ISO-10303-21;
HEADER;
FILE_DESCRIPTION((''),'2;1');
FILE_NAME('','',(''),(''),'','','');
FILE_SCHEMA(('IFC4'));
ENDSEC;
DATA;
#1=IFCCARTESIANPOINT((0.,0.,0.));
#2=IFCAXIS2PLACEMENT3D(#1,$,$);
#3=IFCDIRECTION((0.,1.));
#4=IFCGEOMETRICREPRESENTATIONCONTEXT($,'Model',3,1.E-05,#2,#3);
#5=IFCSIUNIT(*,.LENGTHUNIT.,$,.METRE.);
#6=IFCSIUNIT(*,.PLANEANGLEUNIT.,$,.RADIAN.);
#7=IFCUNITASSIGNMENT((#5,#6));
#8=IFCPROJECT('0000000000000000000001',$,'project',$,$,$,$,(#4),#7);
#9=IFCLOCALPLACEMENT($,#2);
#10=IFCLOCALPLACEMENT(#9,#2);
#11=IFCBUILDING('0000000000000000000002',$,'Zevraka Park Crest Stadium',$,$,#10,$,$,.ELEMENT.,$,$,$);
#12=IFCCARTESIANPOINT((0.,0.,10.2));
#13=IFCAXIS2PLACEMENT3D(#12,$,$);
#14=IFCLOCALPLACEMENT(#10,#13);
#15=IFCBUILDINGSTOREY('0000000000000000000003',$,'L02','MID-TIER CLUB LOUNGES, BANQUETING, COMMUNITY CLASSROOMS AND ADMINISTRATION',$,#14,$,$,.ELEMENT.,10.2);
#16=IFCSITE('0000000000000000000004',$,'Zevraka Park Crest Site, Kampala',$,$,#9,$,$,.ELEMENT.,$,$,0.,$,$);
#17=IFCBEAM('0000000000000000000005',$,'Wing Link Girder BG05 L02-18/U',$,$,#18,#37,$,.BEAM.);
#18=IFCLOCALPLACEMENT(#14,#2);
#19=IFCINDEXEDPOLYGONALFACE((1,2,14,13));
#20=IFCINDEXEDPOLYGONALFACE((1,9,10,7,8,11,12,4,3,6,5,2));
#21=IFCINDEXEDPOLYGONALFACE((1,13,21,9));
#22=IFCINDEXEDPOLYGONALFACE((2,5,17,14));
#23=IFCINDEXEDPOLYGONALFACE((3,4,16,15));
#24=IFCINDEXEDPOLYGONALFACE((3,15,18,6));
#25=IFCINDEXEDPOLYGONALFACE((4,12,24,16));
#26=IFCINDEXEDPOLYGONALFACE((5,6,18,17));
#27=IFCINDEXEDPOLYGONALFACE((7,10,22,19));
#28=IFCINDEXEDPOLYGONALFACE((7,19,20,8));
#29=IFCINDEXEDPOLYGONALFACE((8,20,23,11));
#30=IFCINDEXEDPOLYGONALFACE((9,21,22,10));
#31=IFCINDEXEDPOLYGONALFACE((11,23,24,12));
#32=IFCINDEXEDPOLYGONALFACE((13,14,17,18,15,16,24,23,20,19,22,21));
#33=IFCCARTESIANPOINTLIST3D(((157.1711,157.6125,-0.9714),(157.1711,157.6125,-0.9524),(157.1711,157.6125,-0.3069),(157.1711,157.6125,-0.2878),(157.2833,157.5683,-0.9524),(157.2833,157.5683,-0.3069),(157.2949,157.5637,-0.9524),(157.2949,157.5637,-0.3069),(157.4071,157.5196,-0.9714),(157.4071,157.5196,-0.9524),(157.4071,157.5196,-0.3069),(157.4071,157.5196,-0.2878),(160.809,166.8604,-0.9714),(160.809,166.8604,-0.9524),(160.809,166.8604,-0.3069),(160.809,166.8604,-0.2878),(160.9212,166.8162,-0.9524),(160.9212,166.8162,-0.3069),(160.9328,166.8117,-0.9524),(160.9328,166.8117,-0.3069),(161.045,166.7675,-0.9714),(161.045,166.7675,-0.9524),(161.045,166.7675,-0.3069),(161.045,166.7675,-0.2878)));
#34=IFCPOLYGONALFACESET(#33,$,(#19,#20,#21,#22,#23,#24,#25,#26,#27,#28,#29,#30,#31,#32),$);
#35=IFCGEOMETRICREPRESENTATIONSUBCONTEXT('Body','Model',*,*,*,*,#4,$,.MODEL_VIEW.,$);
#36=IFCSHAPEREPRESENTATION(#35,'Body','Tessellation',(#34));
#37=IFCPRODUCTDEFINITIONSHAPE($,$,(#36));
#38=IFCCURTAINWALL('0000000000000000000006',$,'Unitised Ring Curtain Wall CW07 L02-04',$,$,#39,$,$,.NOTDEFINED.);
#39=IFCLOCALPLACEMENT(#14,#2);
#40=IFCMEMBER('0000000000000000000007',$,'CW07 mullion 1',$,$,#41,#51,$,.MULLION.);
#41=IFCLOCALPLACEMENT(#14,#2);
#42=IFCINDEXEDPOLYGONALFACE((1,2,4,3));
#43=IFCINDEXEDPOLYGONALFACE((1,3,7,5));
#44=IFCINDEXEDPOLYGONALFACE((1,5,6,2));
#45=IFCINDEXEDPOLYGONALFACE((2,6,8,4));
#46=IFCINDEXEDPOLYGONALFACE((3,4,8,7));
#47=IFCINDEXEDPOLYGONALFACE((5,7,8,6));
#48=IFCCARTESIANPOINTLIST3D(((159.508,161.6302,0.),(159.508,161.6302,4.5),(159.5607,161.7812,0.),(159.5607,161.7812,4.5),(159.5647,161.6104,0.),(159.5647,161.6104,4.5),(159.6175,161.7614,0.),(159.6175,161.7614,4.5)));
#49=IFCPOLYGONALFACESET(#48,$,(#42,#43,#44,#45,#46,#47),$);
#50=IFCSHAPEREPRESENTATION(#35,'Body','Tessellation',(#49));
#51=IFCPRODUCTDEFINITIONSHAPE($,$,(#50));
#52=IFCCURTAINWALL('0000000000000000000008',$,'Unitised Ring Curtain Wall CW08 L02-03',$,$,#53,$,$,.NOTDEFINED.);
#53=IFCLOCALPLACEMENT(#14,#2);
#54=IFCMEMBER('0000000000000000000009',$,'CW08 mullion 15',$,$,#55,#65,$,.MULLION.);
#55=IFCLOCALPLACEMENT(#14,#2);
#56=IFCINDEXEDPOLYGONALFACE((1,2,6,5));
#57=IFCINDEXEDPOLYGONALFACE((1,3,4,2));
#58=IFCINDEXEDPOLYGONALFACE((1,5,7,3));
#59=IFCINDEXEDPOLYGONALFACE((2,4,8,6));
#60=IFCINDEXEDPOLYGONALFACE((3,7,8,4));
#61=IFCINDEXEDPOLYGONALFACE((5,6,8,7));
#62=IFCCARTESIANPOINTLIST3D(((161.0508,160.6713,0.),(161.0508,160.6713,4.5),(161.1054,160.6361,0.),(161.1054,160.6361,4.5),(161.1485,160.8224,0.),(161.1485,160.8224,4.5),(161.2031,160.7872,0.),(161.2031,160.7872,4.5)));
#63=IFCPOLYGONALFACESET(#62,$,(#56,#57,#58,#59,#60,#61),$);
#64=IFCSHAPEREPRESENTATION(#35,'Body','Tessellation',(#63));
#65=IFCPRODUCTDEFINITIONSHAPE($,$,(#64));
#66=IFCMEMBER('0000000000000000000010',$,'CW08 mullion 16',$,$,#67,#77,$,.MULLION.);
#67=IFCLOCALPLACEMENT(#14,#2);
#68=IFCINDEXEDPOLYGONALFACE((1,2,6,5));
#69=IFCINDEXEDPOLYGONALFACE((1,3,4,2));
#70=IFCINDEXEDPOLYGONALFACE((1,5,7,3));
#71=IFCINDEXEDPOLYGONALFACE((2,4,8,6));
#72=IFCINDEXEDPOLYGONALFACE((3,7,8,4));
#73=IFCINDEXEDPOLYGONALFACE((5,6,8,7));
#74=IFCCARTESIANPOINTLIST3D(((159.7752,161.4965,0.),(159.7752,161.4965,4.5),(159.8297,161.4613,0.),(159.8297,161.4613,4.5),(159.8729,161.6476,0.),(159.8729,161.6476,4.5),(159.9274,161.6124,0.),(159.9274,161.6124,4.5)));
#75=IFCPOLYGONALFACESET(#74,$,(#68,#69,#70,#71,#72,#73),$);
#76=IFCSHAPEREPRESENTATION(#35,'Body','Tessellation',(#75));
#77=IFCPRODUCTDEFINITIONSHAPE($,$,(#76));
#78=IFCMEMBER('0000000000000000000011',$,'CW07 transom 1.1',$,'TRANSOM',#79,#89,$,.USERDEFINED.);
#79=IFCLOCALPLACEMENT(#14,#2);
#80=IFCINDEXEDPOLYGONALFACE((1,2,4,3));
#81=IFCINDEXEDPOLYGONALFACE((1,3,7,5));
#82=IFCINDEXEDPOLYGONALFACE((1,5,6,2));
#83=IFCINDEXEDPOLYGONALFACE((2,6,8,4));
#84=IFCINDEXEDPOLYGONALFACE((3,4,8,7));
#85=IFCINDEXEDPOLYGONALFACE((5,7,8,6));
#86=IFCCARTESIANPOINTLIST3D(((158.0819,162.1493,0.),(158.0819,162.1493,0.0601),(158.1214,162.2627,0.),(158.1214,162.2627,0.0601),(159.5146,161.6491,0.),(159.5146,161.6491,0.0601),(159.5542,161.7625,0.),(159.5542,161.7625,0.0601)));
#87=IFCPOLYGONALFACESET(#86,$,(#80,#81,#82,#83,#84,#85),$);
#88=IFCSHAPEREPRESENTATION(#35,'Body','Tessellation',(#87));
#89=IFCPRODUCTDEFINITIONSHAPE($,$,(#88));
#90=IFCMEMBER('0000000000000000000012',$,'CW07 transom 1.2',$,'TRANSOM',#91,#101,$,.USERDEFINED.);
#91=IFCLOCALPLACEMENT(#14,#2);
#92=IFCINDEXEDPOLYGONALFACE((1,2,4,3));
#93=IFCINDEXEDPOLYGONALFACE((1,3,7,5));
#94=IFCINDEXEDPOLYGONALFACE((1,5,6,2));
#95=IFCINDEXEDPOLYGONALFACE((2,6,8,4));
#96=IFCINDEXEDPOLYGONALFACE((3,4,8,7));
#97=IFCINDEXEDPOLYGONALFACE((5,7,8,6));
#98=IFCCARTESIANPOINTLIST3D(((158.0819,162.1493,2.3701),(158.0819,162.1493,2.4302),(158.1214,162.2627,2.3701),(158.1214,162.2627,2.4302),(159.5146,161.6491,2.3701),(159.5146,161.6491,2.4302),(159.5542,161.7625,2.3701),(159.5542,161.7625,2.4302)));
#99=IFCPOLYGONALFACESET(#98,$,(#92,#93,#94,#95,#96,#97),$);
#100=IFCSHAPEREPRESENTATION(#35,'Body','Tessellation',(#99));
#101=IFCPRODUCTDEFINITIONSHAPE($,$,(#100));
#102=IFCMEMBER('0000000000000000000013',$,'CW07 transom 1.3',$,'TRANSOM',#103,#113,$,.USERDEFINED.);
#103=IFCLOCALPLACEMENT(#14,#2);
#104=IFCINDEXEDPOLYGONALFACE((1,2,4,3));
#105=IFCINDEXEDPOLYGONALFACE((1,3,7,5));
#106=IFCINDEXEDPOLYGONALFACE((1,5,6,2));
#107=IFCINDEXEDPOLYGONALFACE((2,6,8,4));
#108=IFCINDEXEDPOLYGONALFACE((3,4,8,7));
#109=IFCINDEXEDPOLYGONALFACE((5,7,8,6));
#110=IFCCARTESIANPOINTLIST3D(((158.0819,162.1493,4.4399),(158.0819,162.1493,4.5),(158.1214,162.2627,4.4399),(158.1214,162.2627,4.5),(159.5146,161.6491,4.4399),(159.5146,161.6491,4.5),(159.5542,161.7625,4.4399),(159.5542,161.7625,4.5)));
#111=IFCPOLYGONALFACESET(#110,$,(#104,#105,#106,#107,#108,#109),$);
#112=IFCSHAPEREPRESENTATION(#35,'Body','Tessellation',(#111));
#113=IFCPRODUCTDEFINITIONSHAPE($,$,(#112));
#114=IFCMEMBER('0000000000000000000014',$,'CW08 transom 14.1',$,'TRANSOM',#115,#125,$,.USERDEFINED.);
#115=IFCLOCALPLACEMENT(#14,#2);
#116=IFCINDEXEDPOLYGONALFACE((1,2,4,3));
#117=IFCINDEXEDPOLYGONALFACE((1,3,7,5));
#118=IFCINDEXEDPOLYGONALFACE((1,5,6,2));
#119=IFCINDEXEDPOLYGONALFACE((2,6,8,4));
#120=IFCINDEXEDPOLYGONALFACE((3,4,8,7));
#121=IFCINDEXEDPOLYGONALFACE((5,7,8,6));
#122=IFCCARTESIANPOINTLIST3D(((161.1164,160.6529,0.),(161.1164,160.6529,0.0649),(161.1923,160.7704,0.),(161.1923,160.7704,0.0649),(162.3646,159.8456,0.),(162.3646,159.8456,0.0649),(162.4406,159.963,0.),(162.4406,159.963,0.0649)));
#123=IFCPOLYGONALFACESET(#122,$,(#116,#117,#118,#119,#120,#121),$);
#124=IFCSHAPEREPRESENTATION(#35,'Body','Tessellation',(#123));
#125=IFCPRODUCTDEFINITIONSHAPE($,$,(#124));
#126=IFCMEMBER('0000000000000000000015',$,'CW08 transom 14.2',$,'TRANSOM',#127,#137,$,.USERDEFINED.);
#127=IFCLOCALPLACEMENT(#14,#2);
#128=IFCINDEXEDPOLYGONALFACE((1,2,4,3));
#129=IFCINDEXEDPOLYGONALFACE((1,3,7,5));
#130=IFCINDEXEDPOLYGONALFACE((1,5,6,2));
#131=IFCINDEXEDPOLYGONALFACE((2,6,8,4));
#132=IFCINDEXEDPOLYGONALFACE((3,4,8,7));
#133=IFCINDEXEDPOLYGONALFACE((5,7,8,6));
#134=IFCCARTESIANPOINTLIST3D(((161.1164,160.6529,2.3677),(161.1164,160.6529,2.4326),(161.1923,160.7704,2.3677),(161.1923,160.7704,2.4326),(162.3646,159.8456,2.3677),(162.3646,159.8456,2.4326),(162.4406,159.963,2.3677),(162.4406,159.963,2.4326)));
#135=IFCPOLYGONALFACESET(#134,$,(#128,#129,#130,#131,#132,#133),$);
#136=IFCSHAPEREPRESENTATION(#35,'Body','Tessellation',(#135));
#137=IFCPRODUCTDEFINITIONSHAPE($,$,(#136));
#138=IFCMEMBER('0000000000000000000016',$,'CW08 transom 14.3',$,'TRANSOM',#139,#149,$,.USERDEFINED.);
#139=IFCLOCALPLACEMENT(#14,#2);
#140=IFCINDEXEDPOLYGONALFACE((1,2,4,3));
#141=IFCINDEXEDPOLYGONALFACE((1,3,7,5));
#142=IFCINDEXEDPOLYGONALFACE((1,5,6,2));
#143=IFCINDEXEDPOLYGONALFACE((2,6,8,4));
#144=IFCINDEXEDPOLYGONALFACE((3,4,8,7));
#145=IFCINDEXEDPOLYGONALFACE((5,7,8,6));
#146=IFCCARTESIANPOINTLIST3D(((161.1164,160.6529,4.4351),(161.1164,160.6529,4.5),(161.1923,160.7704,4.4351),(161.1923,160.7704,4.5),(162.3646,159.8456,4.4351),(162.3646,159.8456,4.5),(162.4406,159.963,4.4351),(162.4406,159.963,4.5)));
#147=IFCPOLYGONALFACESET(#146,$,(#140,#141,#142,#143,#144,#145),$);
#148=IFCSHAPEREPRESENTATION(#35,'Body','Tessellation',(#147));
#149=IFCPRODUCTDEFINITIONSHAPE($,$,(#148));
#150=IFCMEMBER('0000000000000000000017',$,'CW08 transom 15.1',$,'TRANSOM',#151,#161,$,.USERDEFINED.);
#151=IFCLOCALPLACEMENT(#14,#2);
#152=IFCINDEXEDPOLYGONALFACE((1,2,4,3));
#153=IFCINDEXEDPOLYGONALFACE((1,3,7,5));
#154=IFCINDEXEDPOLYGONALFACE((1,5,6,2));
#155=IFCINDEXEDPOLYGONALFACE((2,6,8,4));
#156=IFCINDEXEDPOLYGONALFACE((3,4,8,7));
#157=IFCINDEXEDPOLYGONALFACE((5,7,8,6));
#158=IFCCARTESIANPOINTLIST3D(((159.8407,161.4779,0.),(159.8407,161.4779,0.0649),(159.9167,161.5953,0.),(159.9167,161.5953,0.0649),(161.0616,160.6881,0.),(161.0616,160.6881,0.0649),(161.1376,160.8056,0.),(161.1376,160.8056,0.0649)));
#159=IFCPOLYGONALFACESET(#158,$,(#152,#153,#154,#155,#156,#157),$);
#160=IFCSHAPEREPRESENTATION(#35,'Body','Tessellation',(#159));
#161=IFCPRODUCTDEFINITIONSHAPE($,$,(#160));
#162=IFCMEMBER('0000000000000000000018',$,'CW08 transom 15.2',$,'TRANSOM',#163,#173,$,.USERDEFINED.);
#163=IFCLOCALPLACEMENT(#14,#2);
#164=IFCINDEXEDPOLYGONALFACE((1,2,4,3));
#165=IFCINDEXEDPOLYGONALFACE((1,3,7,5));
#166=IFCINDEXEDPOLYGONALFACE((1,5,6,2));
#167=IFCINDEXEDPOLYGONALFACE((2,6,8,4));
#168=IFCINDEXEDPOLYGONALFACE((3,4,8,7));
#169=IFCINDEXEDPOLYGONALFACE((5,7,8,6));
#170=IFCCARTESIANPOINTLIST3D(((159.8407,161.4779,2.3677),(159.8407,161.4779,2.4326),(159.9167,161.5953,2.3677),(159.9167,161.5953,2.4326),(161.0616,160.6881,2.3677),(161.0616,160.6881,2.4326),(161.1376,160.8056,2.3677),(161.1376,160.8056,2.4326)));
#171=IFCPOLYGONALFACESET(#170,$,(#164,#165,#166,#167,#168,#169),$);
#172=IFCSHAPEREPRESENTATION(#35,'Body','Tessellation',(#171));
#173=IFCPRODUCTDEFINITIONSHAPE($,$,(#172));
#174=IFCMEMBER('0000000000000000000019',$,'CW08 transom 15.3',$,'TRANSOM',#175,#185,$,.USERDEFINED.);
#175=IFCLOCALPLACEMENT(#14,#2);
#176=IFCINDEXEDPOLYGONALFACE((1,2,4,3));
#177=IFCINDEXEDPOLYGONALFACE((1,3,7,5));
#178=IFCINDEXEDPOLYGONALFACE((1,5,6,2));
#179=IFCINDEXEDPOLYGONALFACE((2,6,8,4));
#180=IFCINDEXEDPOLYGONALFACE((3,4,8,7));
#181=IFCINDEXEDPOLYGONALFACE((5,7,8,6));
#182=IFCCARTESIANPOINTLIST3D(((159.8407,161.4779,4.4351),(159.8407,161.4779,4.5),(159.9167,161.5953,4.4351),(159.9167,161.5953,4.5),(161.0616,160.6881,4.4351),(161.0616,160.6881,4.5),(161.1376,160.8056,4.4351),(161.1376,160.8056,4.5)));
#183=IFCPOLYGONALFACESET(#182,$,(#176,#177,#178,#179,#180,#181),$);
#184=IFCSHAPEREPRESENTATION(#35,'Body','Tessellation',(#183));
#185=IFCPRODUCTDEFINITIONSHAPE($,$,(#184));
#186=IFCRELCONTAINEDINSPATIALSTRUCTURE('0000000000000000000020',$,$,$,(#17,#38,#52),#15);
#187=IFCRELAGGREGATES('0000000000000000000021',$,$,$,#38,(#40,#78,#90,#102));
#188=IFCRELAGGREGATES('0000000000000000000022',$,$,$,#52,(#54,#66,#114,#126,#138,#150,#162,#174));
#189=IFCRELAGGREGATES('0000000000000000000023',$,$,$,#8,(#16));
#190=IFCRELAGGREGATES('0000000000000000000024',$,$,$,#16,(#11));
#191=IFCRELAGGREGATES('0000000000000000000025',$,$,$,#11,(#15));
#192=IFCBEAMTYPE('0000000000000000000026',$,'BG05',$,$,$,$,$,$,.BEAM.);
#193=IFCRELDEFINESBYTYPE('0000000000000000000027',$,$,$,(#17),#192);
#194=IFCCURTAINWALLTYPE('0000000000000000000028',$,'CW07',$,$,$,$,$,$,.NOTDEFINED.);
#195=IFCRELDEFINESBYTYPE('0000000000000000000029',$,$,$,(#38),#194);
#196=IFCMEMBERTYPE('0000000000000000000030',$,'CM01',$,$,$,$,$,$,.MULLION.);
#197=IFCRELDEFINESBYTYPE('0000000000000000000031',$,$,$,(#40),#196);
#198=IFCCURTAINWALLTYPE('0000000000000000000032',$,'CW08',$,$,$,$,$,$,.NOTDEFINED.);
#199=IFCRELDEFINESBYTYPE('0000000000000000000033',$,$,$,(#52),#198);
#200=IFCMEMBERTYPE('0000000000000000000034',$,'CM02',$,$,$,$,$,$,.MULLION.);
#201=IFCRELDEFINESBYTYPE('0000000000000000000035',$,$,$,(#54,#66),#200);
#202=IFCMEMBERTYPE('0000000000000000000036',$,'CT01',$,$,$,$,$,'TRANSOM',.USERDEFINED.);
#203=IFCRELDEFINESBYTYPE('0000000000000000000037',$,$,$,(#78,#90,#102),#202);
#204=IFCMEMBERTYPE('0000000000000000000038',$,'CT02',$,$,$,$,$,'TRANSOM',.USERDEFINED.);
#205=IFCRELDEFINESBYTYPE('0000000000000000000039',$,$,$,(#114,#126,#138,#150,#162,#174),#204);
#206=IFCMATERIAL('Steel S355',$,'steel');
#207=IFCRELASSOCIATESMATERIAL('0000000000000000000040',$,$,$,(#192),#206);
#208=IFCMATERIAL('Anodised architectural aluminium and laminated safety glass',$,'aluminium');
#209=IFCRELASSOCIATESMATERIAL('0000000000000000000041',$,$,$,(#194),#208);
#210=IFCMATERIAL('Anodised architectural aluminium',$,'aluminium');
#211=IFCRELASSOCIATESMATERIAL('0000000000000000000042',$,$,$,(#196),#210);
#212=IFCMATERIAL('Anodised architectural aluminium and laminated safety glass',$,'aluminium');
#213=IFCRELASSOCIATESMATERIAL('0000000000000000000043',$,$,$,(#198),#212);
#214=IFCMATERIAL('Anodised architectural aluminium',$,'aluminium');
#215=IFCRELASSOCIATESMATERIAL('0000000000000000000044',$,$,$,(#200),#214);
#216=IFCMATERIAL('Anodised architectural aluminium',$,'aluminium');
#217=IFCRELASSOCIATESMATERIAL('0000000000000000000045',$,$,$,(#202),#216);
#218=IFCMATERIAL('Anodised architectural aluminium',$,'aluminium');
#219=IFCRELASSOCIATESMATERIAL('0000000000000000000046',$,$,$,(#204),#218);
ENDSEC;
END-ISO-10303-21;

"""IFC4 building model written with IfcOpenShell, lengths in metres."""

from ifc_helpers import new_model, si_unit, direction, frame, origin, origin_2d, place, context, subcontext, project, spatial, rectangle, i_section, extrude, material, material_profile, profile_set, type_object, element, aggregate, save


model = new_model("IFC4")

# Units and contexts
model_context = context("Model", 3, precision=1e-05, world=origin(), true_north=direction((0.0, 1.0)))
body_context = subcontext(model_context, "Body", "Model", "MODEL_VIEW")
ifc_project = project(units=[si_unit("LENGTHUNIT", "METRE"), si_unit("PLANEANGLEUNIT", "RADIAN")], contexts=[model_context])

# Site, building, storey
site_placement = place(None, origin())
site = spatial("IfcSite", under=ifc_project, at=site_placement, Name="Zevraka Park Crest Site, Kampala", CompositionType="ELEMENT", RefElevation=0.0)
building_placement = place(site_placement, origin())
building = spatial("IfcBuilding", under=site, at=building_placement, Name="Zevraka Park Crest Stadium", CompositionType="ELEMENT")
storey_placement = place(building_placement, frame((0.0, 0.0, 10.2)))
storey = spatial("IfcBuildingStorey", under=building, at=storey_placement, Name="L02", Description="MID-TIER CLUB LOUNGES, BANQUETING, COMMUNITY CLASSROOMS AND ADMINISTRATION", CompositionType="ELEMENT", Elevation=10.2)

# Beam
ifc_material_1 = material(Name="Steel S355", Category="steel")
ifc_material_profile_1 = material_profile(ifc_material_1, i_section(OverallWidth=0.2537, OverallDepth=0.6836, WebThickness=0.0125, FlangeThickness=0.019, at=origin_2d()), Name="UKB 686x254x140")
ifc_profile_set_1 = profile_set([ifc_material_profile_1], Name="Steel S355")
beam_type = type_object("IfcBeamType", Name="BG05", PredefinedType="BEAM", material=ifc_profile_set_1)
beam_placement = place(storey_placement, frame((160.927, 166.814, -0.6296), z_axis=(-0.366069, -0.930588, 0.0), x_axis=(0.930588, -0.366069, 0.0)))
element("IfcBeam", 1, at=beam_placement, inside=storey, type_object=beam_type, Name="Wing Link Girder BG05 L02-18/U", PredefinedType="BEAM", context=body_context, shape_type="SweptSolid", body=[
    extrude(i_section(OverallWidth=0.2537, OverallDepth=0.6836, WebThickness=0.0125, FlangeThickness=0.019, at=origin_2d()), origin(), (0.0, 0.0, 1.0), 9.9377),
])

# Curtain wall, member
ifc_material_2 = material(Name="Anodised architectural aluminium and laminated safety glass", Category="aluminium")
curtain_wall_type_1 = type_object("IfcCurtainWallType", Name="CW07", PredefinedType="NOTDEFINED", material=ifc_material_2)
curtain_wall_1_placement = place(storey_placement, origin())
curtain_wall_1 = element("IfcCurtainWall", 2, at=curtain_wall_1_placement, inside=storey, type_object=curtain_wall_type_1, Name="Unitised Ring Curtain Wall CW07 L02-04", PredefinedType="NOTDEFINED")
ifc_material_3 = material(Name="Anodised architectural aluminium", Category="aluminium")
ifc_material_profile_2 = material_profile(ifc_material_3, rectangle(XDim=0.1599, YDim=0.0601, at=origin_2d()), Name="ALU MULLION 160x60")
ifc_profile_set_2 = profile_set([ifc_material_profile_2], Name="Anodised architectural aluminium")
member_type_1 = type_object("IfcMemberType", Name="CM01", PredefinedType="MULLION", material=ifc_profile_set_2)
member_1_placement = place(storey_placement, frame((159.5627, 161.6958, 0.0), z_axis=(0.0, 0.0, 1.0), x_axis=(-0.329619, -0.944114, 0.0)))
member_1 = element("IfcMember", 3, at=member_1_placement, type_object=member_type_1, Name="CW07 mullion 1", PredefinedType="MULLION", context=body_context, shape_type="SweptSolid", body=[
    extrude(rectangle(XDim=0.1599, YDim=0.0601, at=origin_2d()), origin(), (0.0, 0.0, 1.0), 4.5),
])

# Curtain wall, members
ifc_material_4 = material(Name="Anodised architectural aluminium and laminated safety glass", Category="aluminium")
curtain_wall_type_2 = type_object("IfcCurtainWallType", Name="CW08", PredefinedType="NOTDEFINED", material=ifc_material_4)
curtain_wall_2_placement = place(storey_placement, origin())
curtain_wall_2 = element("IfcCurtainWall", 4, at=curtain_wall_2_placement, inside=storey, type_object=curtain_wall_type_2, Name="Unitised Ring Curtain Wall CW08 L02-03", PredefinedType="NOTDEFINED")
ifc_material_5 = material(Name="Anodised architectural aluminium", Category="aluminium")
ifc_material_profile_3 = material_profile(ifc_material_5, rectangle(XDim=0.1799, YDim=0.0649, at=origin_2d()), Name="ALU MULLION 180x65")
ifc_profile_set_3 = profile_set([ifc_material_profile_3], Name="Anodised architectural aluminium")
member_type_2 = type_object("IfcMemberType", Name="CM02", PredefinedType="MULLION", material=ifc_profile_set_3)
member_2_placement = place(storey_placement, frame((161.127, 160.7292, 0.0), z_axis=(0.0, 0.0, 1.0), x_axis=(-0.543096, -0.83967, 0.0)))
member_2 = element("IfcMember", 5, at=member_2_placement, type_object=member_type_2, Name="CW08 mullion 15", PredefinedType="MULLION", context=body_context, shape_type="SweptSolid", body=[
    extrude(rectangle(XDim=0.1799, YDim=0.0649, at=origin_2d()), origin(), (0.0, 0.0, 1.0), 4.5),
])
member_3_placement = place(storey_placement, frame((159.8513, 161.5544, 0.0), z_axis=(0.0, 0.0, 1.0), x_axis=(-0.543096, -0.83967, 0.0)))
member_3 = element("IfcMember", 6, at=member_3_placement, type_object=member_type_2, Name="CW08 mullion 16", PredefinedType="MULLION", context=body_context, shape_type="SweptSolid", body=[
    extrude(rectangle(XDim=0.1799, YDim=0.0649, at=origin_2d()), origin(), (0.0, 0.0, 1.0), 4.5),
])

# Members
ifc_material_6 = material(Name="Anodised architectural aluminium", Category="aluminium")
ifc_material_profile_4 = material_profile(ifc_material_6, rectangle(XDim=0.1201, YDim=0.0601, at=origin_2d()), Name="ALU TRANSOM 120x60")
ifc_profile_set_4 = profile_set([ifc_material_profile_4], Name="Anodised architectural aluminium")
member_type_3 = type_object("IfcMemberType", Name="CT01", ElementType="TRANSOM", PredefinedType="USERDEFINED", material=ifc_profile_set_4)
member_4_placement = place(storey_placement, frame((159.5344, 161.7058, 0.03), z_axis=(-0.944116, 0.329612, 0.0), x_axis=(-0.329612, -0.944116, 0.0)))
member_4 = element("IfcMember", 7, at=member_4_placement, type_object=member_type_3, Name="CW07 transom 1.1", ObjectType="TRANSOM", PredefinedType="USERDEFINED", context=body_context, shape_type="SweptSolid", body=[
    extrude(rectangle(XDim=0.1201, YDim=0.0601, at=origin_2d()), origin(), (0.0, 0.0, 1.0), 1.5176),
])
member_5_placement = place(storey_placement, frame((159.5344, 161.7058, 2.4001), z_axis=(-0.944116, 0.329612, 0.0), x_axis=(-0.329612, -0.944116, 0.0)))
member_5 = element("IfcMember", 8, at=member_5_placement, type_object=member_type_3, Name="CW07 transom 1.2", ObjectType="TRANSOM", PredefinedType="USERDEFINED", context=body_context, shape_type="SweptSolid", body=[
    extrude(rectangle(XDim=0.1201, YDim=0.0601, at=origin_2d()), origin(), (0.0, 0.0, 1.0), 1.5176),
])
member_6_placement = place(storey_placement, frame((159.5344, 161.7058, 4.47), z_axis=(-0.944116, 0.329612, 0.0), x_axis=(-0.329612, -0.944116, 0.0)))
member_6 = element("IfcMember", 9, at=member_6_placement, type_object=member_type_3, Name="CW07 transom 1.3", ObjectType="TRANSOM", PredefinedType="USERDEFINED", context=body_context, shape_type="SweptSolid", body=[
    extrude(rectangle(XDim=0.1201, YDim=0.0601, at=origin_2d()), origin(), (0.0, 0.0, 1.0), 1.5176),
])
aggregate(curtain_wall_1, [member_1, member_4, member_5, member_6])
ifc_material_7 = material(Name="Anodised architectural aluminium", Category="aluminium")
ifc_material_profile_5 = material_profile(ifc_material_7, rectangle(XDim=0.1399, YDim=0.0649, at=origin_2d()), Name="ALU TRANSOM 140x65")
ifc_profile_set_5 = profile_set([ifc_material_profile_5], Name="Anodised architectural aluminium")
member_type_4 = type_object("IfcMemberType", Name="CT02", ElementType="TRANSOM", PredefinedType="USERDEFINED", material=ifc_profile_set_5)
member_7_placement = place(storey_placement, frame((162.4026, 159.9043, 0.0325), z_axis=(-0.839676, 0.543088, 0.0), x_axis=(-0.543088, -0.839676, 0.0)))
member_7 = element("IfcMember", 10, at=member_7_placement, type_object=member_type_4, Name="CW08 transom 14.1", ObjectType="TRANSOM", PredefinedType="USERDEFINED", context=body_context, shape_type="SweptSolid", body=[
    extrude(rectangle(XDim=0.1399, YDim=0.0649, at=origin_2d()), origin(), (0.0, 0.0, 1.0), 1.4866),
])
member_8_placement = place(storey_placement, frame((162.4026, 159.9043, 2.4001), z_axis=(-0.839676, 0.543088, 0.0), x_axis=(-0.543088, -0.839676, 0.0)))
member_8 = element("IfcMember", 11, at=member_8_placement, type_object=member_type_4, Name="CW08 transom 14.2", ObjectType="TRANSOM", PredefinedType="USERDEFINED", context=body_context, shape_type="SweptSolid", body=[
    extrude(rectangle(XDim=0.1399, YDim=0.0649, at=origin_2d()), origin(), (0.0, 0.0, 1.0), 1.4866),
])
member_9_placement = place(storey_placement, frame((162.4026, 159.9043, 4.4675), z_axis=(-0.839676, 0.543088, 0.0), x_axis=(-0.543088, -0.839676, 0.0)))
member_9 = element("IfcMember", 12, at=member_9_placement, type_object=member_type_4, Name="CW08 transom 14.3", ObjectType="TRANSOM", PredefinedType="USERDEFINED", context=body_context, shape_type="SweptSolid", body=[
    extrude(rectangle(XDim=0.1399, YDim=0.0649, at=origin_2d()), origin(), (0.0, 0.0, 1.0), 1.4866),
])
member_10_placement = place(storey_placement, frame((161.0996, 160.7468, 0.0325), z_axis=(-0.839642, 0.54314, 0.0), x_axis=(-0.54314, -0.839642, 0.0)))
member_10 = element("IfcMember", 13, at=member_10_placement, type_object=member_type_4, Name="CW08 transom 15.1", ObjectType="TRANSOM", PredefinedType="USERDEFINED", context=body_context, shape_type="SweptSolid", body=[
    extrude(rectangle(XDim=0.1399, YDim=0.0649, at=origin_2d()), origin(), (0.0, 0.0, 1.0), 1.4541),
])
member_11_placement = place(storey_placement, frame((161.0996, 160.7468, 2.4001), z_axis=(-0.839642, 0.54314, 0.0), x_axis=(-0.54314, -0.839642, 0.0)))
member_11 = element("IfcMember", 14, at=member_11_placement, type_object=member_type_4, Name="CW08 transom 15.2", ObjectType="TRANSOM", PredefinedType="USERDEFINED", context=body_context, shape_type="SweptSolid", body=[
    extrude(rectangle(XDim=0.1399, YDim=0.0649, at=origin_2d()), origin(), (0.0, 0.0, 1.0), 1.4541),
])
member_12_placement = place(storey_placement, frame((161.0996, 160.7468, 4.4675), z_axis=(-0.839642, 0.54314, 0.0), x_axis=(-0.54314, -0.839642, 0.0)))
member_12 = element("IfcMember", 15, at=member_12_placement, type_object=member_type_4, Name="CW08 transom 15.3", ObjectType="TRANSOM", PredefinedType="USERDEFINED", context=body_context, shape_type="SweptSolid", body=[
    extrude(rectangle(XDim=0.1399, YDim=0.0649, at=origin_2d()), origin(), (0.0, 0.0, 1.0), 1.4541),
])

aggregate(curtain_wall_2, [member_2, member_3, member_7, member_8, member_9, member_10, member_11, member_12])

save(model, "model.ifc")
